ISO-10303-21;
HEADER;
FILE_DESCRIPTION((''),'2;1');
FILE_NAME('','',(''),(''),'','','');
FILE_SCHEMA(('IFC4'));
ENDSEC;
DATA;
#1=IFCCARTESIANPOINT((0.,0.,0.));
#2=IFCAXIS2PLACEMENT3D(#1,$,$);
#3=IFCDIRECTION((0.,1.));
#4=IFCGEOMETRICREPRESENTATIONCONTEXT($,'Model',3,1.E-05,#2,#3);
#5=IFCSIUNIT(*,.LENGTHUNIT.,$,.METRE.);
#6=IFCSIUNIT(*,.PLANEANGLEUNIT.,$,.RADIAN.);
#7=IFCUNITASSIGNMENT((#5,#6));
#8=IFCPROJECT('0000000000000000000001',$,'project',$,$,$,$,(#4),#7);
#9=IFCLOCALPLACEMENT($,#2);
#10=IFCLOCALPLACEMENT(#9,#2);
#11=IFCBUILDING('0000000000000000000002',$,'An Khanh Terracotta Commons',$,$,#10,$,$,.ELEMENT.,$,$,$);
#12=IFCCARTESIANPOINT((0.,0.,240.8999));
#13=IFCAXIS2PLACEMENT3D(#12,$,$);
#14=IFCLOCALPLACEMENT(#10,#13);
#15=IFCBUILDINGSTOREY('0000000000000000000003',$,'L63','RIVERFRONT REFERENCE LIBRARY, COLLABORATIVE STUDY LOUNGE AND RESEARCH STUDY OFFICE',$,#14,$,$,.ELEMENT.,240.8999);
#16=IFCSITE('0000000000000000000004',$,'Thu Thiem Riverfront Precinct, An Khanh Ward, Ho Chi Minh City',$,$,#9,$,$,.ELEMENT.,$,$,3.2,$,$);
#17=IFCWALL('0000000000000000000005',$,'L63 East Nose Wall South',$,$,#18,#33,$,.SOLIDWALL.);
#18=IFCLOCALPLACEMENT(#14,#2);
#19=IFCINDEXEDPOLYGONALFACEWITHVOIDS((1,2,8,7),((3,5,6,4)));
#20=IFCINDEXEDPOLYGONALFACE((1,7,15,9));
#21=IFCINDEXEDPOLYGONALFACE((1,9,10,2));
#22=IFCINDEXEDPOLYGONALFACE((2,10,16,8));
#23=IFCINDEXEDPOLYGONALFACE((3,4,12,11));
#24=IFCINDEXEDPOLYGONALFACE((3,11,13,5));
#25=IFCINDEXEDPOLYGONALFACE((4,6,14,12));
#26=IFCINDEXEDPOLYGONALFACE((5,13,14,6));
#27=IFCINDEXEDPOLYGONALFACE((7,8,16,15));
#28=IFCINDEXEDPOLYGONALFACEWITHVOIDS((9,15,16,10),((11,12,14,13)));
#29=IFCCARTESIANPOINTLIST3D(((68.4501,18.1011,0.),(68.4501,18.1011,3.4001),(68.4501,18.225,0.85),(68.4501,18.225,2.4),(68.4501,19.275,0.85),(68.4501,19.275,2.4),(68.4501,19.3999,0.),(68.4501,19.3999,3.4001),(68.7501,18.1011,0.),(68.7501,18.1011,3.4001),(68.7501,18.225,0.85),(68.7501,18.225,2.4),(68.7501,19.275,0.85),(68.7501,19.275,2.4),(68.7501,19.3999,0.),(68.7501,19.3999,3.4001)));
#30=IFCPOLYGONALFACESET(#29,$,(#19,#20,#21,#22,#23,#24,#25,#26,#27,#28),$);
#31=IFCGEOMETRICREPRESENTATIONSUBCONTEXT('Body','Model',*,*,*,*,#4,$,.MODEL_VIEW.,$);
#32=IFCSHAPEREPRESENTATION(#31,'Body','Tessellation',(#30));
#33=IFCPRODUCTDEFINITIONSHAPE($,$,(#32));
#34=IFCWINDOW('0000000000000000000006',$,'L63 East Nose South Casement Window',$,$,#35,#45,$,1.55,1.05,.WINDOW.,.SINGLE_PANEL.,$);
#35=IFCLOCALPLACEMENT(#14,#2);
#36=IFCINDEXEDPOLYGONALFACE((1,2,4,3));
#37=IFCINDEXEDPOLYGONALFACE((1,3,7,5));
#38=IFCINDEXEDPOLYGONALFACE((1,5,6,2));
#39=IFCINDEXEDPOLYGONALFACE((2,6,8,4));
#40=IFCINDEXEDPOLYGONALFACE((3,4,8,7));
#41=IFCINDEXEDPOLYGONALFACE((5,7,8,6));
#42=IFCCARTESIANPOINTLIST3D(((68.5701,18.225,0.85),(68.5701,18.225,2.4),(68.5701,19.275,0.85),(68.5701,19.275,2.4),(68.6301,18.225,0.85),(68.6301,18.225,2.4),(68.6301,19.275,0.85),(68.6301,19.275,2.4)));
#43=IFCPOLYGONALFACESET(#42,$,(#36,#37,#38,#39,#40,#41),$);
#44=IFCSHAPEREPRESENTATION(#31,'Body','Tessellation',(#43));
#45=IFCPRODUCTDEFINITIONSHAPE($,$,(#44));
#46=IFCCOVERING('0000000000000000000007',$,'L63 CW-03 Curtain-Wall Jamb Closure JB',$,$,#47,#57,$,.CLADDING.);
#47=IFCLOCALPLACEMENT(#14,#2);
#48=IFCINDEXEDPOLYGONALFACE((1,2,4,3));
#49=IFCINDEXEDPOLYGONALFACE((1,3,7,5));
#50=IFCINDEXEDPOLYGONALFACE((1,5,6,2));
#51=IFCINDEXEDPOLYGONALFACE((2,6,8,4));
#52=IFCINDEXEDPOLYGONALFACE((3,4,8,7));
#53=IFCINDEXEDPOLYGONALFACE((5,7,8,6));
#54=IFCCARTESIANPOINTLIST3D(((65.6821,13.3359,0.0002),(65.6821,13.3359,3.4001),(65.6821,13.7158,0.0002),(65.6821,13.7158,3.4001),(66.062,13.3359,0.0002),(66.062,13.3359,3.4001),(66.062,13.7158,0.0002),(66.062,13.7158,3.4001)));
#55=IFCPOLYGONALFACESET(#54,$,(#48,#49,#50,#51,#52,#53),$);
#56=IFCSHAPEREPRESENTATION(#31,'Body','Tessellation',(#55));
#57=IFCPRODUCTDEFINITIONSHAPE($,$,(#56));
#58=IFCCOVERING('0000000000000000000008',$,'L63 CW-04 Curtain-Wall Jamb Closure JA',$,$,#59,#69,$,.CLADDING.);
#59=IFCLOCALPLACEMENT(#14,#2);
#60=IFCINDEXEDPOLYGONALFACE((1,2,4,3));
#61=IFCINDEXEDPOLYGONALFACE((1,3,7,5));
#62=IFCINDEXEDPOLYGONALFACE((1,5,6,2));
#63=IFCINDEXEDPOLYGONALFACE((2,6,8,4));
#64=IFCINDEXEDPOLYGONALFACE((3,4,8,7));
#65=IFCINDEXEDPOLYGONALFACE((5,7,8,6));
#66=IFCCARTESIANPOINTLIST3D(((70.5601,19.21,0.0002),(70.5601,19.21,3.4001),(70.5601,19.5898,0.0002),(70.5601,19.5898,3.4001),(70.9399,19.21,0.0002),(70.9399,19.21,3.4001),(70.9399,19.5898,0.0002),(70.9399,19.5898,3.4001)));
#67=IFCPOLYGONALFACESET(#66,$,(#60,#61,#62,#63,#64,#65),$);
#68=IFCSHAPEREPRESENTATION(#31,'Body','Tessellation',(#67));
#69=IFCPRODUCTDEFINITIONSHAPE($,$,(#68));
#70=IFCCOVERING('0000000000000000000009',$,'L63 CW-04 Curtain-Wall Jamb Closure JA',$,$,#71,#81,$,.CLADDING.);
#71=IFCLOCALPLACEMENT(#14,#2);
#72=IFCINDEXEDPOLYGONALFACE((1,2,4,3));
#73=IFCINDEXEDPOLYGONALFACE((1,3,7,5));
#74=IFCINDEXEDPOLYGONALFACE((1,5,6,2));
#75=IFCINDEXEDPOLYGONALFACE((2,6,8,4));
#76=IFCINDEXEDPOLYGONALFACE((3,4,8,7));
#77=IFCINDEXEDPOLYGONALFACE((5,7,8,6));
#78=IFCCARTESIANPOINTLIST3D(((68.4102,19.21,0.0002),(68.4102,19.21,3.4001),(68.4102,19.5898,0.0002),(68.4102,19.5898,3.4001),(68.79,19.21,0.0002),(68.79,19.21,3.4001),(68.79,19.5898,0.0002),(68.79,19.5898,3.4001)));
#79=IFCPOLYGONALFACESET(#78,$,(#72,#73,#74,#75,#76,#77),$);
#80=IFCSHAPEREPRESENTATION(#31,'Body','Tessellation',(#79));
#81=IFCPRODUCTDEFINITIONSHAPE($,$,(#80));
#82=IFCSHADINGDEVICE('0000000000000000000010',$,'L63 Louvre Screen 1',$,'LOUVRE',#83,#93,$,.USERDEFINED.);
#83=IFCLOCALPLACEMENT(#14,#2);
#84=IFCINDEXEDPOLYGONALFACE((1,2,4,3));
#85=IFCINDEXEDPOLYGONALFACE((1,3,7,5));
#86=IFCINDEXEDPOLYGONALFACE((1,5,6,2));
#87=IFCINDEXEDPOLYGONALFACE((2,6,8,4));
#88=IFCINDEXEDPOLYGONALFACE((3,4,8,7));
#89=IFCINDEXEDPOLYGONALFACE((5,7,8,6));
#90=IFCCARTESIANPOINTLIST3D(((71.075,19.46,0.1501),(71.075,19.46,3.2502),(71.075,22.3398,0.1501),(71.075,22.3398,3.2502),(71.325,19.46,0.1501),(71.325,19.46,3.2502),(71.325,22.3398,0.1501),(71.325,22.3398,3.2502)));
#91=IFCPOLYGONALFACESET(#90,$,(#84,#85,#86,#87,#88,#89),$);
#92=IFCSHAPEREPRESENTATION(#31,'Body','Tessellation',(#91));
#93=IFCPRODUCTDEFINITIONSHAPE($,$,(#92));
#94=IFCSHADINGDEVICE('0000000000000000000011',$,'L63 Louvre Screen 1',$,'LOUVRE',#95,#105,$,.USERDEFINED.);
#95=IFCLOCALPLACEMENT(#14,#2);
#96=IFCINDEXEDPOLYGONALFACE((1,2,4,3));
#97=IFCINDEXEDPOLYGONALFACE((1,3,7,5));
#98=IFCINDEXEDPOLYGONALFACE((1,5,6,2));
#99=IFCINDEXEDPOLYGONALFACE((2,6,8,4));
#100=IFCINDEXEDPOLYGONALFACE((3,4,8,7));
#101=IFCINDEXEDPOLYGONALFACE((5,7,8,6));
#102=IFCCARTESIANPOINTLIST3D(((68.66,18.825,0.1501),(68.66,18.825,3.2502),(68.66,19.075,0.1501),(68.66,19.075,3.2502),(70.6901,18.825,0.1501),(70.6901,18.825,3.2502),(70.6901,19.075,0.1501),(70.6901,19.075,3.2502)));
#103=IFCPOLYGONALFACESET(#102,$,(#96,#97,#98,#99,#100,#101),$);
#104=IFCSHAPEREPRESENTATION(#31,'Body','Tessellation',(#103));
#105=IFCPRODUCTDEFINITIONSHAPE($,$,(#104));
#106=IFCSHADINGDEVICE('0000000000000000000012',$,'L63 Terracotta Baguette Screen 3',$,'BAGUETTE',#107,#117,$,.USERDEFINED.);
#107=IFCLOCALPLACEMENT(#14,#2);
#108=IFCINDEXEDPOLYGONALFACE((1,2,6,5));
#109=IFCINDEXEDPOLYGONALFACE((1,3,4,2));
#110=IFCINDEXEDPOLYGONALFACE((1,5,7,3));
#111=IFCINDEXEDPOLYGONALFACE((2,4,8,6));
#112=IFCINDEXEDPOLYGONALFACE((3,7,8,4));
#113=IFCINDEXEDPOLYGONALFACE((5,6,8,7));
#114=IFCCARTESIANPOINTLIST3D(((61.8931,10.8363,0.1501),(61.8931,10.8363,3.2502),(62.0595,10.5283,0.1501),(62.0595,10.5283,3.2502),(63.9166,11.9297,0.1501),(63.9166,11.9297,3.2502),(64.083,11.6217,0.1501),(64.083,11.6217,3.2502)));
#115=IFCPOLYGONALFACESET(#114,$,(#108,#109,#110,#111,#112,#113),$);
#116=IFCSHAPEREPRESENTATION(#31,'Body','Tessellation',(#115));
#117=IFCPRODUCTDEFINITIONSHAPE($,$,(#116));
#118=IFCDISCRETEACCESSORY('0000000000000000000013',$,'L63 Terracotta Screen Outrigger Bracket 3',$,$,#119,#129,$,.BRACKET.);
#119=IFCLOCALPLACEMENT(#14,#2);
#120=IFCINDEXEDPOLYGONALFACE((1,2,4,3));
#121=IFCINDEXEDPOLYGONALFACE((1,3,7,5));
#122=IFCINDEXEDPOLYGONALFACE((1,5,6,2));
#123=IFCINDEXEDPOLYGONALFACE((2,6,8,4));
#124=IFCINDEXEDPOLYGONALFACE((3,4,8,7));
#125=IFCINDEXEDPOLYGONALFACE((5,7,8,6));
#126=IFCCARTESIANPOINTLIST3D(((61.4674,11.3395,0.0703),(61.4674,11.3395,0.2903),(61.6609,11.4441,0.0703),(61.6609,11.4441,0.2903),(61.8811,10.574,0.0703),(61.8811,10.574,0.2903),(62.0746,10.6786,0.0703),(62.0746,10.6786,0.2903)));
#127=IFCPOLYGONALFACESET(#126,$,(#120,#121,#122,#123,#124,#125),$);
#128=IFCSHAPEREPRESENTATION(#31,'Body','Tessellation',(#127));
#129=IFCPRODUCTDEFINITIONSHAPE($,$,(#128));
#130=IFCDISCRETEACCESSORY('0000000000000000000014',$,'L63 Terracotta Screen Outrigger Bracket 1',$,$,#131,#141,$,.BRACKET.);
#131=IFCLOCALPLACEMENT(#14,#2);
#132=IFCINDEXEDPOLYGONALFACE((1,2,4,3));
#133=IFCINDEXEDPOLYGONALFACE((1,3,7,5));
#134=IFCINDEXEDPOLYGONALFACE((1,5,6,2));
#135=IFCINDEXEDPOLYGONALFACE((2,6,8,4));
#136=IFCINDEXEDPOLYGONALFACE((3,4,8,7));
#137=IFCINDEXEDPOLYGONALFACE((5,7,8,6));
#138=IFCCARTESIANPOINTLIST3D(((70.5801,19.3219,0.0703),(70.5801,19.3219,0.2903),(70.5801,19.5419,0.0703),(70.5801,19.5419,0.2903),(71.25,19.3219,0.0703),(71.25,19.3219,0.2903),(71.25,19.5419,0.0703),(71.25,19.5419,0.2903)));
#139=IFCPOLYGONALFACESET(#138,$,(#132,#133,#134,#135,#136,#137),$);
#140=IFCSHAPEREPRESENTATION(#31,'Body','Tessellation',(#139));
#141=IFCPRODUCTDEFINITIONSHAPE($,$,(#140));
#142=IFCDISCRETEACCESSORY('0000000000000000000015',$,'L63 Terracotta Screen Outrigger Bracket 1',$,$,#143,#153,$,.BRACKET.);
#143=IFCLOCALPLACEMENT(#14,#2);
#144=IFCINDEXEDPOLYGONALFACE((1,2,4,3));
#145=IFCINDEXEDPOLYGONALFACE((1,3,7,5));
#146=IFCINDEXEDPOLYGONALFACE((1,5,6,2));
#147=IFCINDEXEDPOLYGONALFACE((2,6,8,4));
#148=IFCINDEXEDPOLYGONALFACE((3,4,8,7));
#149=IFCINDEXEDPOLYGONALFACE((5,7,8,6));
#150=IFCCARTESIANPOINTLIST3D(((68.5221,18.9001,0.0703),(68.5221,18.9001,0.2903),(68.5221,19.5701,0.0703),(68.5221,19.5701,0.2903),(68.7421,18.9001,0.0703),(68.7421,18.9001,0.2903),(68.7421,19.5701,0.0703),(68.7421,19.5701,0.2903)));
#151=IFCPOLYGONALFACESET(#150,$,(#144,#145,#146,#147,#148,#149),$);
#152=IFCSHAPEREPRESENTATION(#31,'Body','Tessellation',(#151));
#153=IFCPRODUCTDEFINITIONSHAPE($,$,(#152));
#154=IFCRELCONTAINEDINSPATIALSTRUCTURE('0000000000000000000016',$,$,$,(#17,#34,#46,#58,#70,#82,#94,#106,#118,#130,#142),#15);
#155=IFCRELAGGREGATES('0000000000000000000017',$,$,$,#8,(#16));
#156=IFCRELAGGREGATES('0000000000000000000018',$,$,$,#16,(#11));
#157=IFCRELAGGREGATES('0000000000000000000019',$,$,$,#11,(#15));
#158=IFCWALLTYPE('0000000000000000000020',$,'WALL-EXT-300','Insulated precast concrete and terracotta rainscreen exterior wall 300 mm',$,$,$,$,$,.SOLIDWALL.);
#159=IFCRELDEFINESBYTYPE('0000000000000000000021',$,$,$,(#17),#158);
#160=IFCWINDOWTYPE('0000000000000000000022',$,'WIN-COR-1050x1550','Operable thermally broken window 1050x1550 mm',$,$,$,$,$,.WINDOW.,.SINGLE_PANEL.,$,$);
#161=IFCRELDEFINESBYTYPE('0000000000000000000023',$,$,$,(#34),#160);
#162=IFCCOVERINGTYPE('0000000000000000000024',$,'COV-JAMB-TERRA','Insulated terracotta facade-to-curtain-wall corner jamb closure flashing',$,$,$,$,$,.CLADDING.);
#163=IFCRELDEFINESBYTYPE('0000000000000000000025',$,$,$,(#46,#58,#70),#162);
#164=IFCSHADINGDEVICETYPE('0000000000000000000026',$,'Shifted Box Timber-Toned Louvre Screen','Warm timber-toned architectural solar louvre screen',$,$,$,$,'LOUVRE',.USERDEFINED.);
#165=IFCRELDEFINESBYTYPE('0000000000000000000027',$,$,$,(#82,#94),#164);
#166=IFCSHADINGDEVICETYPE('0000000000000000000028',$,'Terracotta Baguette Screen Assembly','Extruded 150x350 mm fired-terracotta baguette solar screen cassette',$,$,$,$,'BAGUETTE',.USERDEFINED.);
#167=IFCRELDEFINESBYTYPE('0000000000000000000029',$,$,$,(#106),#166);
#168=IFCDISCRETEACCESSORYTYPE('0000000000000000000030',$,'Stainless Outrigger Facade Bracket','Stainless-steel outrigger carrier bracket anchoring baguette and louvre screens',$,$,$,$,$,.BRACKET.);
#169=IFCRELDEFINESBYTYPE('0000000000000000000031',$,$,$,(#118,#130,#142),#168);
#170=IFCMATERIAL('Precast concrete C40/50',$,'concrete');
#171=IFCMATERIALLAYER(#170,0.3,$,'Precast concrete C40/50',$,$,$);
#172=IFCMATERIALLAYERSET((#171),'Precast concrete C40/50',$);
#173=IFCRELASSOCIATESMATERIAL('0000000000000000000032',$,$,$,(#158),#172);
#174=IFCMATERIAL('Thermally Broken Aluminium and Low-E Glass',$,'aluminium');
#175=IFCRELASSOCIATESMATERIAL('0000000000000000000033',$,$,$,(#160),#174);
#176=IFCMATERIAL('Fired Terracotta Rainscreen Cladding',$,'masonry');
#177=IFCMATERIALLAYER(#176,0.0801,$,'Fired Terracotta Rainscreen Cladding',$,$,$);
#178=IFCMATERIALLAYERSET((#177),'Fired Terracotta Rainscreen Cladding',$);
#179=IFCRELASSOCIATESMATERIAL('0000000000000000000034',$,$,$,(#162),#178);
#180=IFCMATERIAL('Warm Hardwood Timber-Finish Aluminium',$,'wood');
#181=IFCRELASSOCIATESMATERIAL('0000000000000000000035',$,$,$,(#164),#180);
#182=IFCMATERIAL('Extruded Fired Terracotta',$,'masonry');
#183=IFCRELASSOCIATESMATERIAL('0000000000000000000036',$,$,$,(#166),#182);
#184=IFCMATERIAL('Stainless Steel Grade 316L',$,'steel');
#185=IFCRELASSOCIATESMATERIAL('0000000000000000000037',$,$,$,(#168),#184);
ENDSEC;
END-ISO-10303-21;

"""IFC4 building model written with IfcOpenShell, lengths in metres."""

from ifc_helpers import new_model, si_unit, direction, frame, frame_2d, origin, origin_2d, place, context, subcontext, project, spatial, rectangle, extrude, material, layer, layer_set, type_object, element, fill, save


model = new_model("IFC4")

# Units and contexts
model_context = context("Model", 3, precision=1e-05, world=origin(), true_north=direction((0.0, 1.0)))
body_context = subcontext(model_context, "Body", "Model", "MODEL_VIEW")
ifc_project = project(units=[si_unit("LENGTHUNIT", "METRE"), si_unit("PLANEANGLEUNIT", "RADIAN")], contexts=[model_context])

# Site, building, storey
site_placement = place(None, origin())
site = spatial("IfcSite", under=ifc_project, at=site_placement, Name="Thu Thiem Riverfront Precinct, An Khanh Ward, Ho Chi Minh City", CompositionType="ELEMENT", RefElevation=3.2)
building_placement = place(site_placement, origin())
building = spatial("IfcBuilding", under=site, at=building_placement, Name="An Khanh Terracotta Commons", CompositionType="ELEMENT")
storey_placement = place(building_placement, frame((0.0, 0.0, 240.8999)))
storey = spatial("IfcBuildingStorey", under=building, at=storey_placement, Name="L63", Description="RIVERFRONT REFERENCE LIBRARY, COLLABORATIVE STUDY LOUNGE AND RESEARCH STUDY OFFICE", CompositionType="ELEMENT", Elevation=240.8999)

# Shared definitions
ifc_material_1 = material(Name="Precast concrete C40/50", Category="concrete")
ifc_layer_1 = layer(ifc_material_1, 0.3, Name="Precast concrete C40/50")
ifc_layer_set_1 = layer_set([ifc_layer_1], Name="Precast concrete C40/50")
wall_type = type_object("IfcWallType", Name="WALL-EXT-300", Description="Insulated precast concrete and terracotta rainscreen exterior wall 300 mm", PredefinedType="SOLIDWALL", material=ifc_layer_set_1)

# Wall, opening, window
wall_1_placement = place(storey_placement, frame((68.6001, 18.1011, 0.0), z_axis=(0.0, 0.0, 1.0), x_axis=(0.0, 1.0, 0.0)))
wall_1 = element("IfcWall", 1, at=wall_1_placement, inside=storey, type_object=wall_type, Name="L63 East Nose Wall South", PredefinedType="SOLIDWALL", context=body_context, shape_type="SweptSolid", body=[
    extrude(rectangle(XDim=1.2988, YDim=0.3, at=frame_2d((0.6494, 0.0))), origin(), (0.0, 0.0, 1.0), 3.4001),
])
opening_placement = place(wall_1_placement, frame((0.124, 0.0, 0.8501)))
opening = element("IfcOpeningElement", 2, at=opening_placement, cuts=wall_1, PredefinedType="OPENING", context=body_context, shape_type="SweptSolid", body=[
    extrude(rectangle(XDim=1.05, YDim=1.55, at=frame_2d((0.5249, 0.7749))), frame((0.0, 0.1599, 0.0), z_axis=(0.0, -1.0, 0.0), x_axis=(1.0, 0.0, 0.0)), (0.0, 0.0, 1.0), 0.3201),
])
ifc_material_2 = material(Name="Thermally Broken Aluminium and Low-E Glass", Category="aluminium")
window_type = type_object("IfcWindowType", Name="WIN-COR-1050x1550", Description="Operable thermally broken window 1050x1550 mm", PartitioningType="SINGLE_PANEL", PredefinedType="WINDOW", material=ifc_material_2)
window_placement = place(opening_placement, origin())
window = element("IfcWindow", 3, at=window_placement, inside=storey, type_object=window_type, Name="L63 East Nose South Casement Window", OverallHeight=1.55, OverallWidth=1.05, PartitioningType="SINGLE_PANEL", PredefinedType="WINDOW", context=body_context, shape_type="SweptSolid", body=[
    extrude(rectangle(XDim=1.05, YDim=1.55, at=frame_2d((0.5249, 0.7749))), frame((0.0, 0.03, 0.0), z_axis=(0.0, -1.0, 0.0), x_axis=(1.0, 0.0, 0.0)), (0.0, 0.0, 1.0), 0.0601),
])
fill(opening, window)

# Coverings
ifc_material_3 = material(Name="Fired Terracotta Rainscreen Cladding", Category="masonry")
ifc_layer_2 = layer(ifc_material_3, 0.0801, Name="Fired Terracotta Rainscreen Cladding")
ifc_layer_set_2 = layer_set([ifc_layer_2], Name="Fired Terracotta Rainscreen Cladding")
covering_type = type_object("IfcCoveringType", Name="COV-JAMB-TERRA", Description="Insulated terracotta facade-to-curtain-wall corner jamb closure flashing", PredefinedType="CLADDING", material=ifc_layer_set_2)
for number, where, z_axis, x_axis, name in (
    (4, (65.8721, 13.5259, 0.0002), (0.0, 0.0, 1.0), (1.0, 0.0, 0.0), "L63 CW-03 Curtain-Wall Jamb Closure JB"),
    (5, (70.75, 19.3999, 0.0002), (0.0, 0.0, 1.0), (1.0, 0.0, 0.0), "L63 CW-04 Curtain-Wall Jamb Closure JA"),
    (6, (68.6001, 19.3999, 0.0002), (0.0, 0.0, 1.0), (1.0, 0.0, 0.0), "L63 CW-04 Curtain-Wall Jamb Closure JA"),
):
    element("IfcCovering", number, at=place(storey_placement, frame(where, z_axis=z_axis, x_axis=x_axis)), inside=storey, type_object=covering_type, Name=name, PredefinedType="CLADDING", context=body_context, shape_type="SweptSolid", body=[
        extrude(rectangle(XDim=0.3799, YDim=0.3799, at=origin_2d()), origin(), (0.0, 0.0, 1.0), 3.3999),
    ])

# Shading devices
ifc_material_4 = material(Name="Warm Hardwood Timber-Finish Aluminium", Category="wood")
shading_device_type_1 = type_object("IfcShadingDeviceType", Name="Shifted Box Timber-Toned Louvre Screen", Description="Warm timber-toned architectural solar louvre screen", ElementType="LOUVRE", PredefinedType="USERDEFINED", material=ifc_material_4)
shading_device_1_placement = place(storey_placement, frame((71.2, 20.8999, 0.1501), z_axis=(0.0, 0.0, 1.0), x_axis=(0.0, 1.0, 0.0)))
element("IfcShadingDevice", 7, at=shading_device_1_placement, inside=storey, type_object=shading_device_type_1, Name="L63 Louvre Screen 1", ObjectType="LOUVRE", PredefinedType="USERDEFINED", context=body_context, shape_type="SweptSolid", body=[
    extrude(rectangle(XDim=2.8799, YDim=0.25, at=origin_2d()), origin(), (0.0, 0.0, 1.0), 3.1001),
])
shading_device_2_placement = place(storey_placement, frame((69.675, 18.95, 0.1501), z_axis=(0.0, 0.0, 1.0), x_axis=(1.0, 0.0, 0.0)))
element("IfcShadingDevice", 8, at=shading_device_2_placement, inside=storey, type_object=shading_device_type_1, Name="L63 Louvre Screen 1", ObjectType="LOUVRE", PredefinedType="USERDEFINED", context=body_context, shape_type="SweptSolid", body=[
    extrude(rectangle(XDim=2.03, YDim=0.25, at=origin_2d()), origin(), (0.0, 0.0, 1.0), 3.1001),
])
ifc_material_5 = material(Name="Extruded Fired Terracotta", Category="masonry")
shading_device_type_2 = type_object("IfcShadingDeviceType", Name="Terracotta Baguette Screen Assembly", Description="Extruded 150x350 mm fired-terracotta baguette solar screen cassette", ElementType="BAGUETTE", PredefinedType="USERDEFINED", material=ifc_material_5)
shading_device_3_placement = place(storey_placement, frame((62.988, 11.229, 0.1501), z_axis=(0.0, 0.0, 1.0), x_axis=(0.87978, 0.475381, 0.0)))
element("IfcShadingDevice", 9, at=shading_device_3_placement, inside=storey, type_object=shading_device_type_2, Name="L63 Terracotta Baguette Screen 3", ObjectType="BAGUETTE", PredefinedType="USERDEFINED", context=body_context, shape_type="SweptSolid", body=[
    extrude(rectangle(XDim=2.3, YDim=0.3501, at=origin_2d()), origin(), (0.0, 0.0, 1.0), 3.1001),
])

# Discrete accessories
ifc_material_6 = material(Name="Stainless Steel Grade 316L", Category="steel")
discrete_accessory_type = type_object("IfcDiscreteAccessoryType", Name="Stainless Outrigger Facade Bracket", Description="Stainless-steel outrigger carrier bracket anchoring baguette and louvre screens", PredefinedType="BRACKET", material=ifc_material_6)
discrete_accessory_placement = place(storey_placement, frame((61.771, 11.009, 0.0703), z_axis=(0.0, 0.0, 1.0), x_axis=(0.87978, 0.475381, 0.0)))
element("IfcDiscreteAccessory", 10, at=discrete_accessory_placement, inside=storey, type_object=discrete_accessory_type, Name="L63 Terracotta Screen Outrigger Bracket 3", PredefinedType="BRACKET", context=body_context, shape_type="SweptSolid", body=[
    extrude(rectangle(XDim=0.22, YDim=0.8701, at=origin_2d()), origin(), (0.0, 0.0, 1.0), 0.22),
])
for number, where, z_axis, x_axis, name in (
    (11, (70.915, 19.4319, 0.0703), (0.0, 0.0, 1.0), (0.0, 1.0, 0.0), "L63 Terracotta Screen Outrigger Bracket 1"),
    (12, (68.6321, 19.2351, 0.0703), (0.0, 0.0, 1.0), (1.0, 0.0, 0.0), "L63 Terracotta Screen Outrigger Bracket 1"),
):
    element("IfcDiscreteAccessory", number, at=place(storey_placement, frame(where, z_axis=z_axis, x_axis=x_axis)), inside=storey, type_object=discrete_accessory_type, Name=name, PredefinedType="BRACKET", context=body_context, shape_type="SweptSolid", body=[
        extrude(rectangle(XDim=0.22, YDim=0.6699, at=origin_2d()), origin(), (0.0, 0.0, 1.0), 0.22),
    ])

save(model, "model.ifc")
